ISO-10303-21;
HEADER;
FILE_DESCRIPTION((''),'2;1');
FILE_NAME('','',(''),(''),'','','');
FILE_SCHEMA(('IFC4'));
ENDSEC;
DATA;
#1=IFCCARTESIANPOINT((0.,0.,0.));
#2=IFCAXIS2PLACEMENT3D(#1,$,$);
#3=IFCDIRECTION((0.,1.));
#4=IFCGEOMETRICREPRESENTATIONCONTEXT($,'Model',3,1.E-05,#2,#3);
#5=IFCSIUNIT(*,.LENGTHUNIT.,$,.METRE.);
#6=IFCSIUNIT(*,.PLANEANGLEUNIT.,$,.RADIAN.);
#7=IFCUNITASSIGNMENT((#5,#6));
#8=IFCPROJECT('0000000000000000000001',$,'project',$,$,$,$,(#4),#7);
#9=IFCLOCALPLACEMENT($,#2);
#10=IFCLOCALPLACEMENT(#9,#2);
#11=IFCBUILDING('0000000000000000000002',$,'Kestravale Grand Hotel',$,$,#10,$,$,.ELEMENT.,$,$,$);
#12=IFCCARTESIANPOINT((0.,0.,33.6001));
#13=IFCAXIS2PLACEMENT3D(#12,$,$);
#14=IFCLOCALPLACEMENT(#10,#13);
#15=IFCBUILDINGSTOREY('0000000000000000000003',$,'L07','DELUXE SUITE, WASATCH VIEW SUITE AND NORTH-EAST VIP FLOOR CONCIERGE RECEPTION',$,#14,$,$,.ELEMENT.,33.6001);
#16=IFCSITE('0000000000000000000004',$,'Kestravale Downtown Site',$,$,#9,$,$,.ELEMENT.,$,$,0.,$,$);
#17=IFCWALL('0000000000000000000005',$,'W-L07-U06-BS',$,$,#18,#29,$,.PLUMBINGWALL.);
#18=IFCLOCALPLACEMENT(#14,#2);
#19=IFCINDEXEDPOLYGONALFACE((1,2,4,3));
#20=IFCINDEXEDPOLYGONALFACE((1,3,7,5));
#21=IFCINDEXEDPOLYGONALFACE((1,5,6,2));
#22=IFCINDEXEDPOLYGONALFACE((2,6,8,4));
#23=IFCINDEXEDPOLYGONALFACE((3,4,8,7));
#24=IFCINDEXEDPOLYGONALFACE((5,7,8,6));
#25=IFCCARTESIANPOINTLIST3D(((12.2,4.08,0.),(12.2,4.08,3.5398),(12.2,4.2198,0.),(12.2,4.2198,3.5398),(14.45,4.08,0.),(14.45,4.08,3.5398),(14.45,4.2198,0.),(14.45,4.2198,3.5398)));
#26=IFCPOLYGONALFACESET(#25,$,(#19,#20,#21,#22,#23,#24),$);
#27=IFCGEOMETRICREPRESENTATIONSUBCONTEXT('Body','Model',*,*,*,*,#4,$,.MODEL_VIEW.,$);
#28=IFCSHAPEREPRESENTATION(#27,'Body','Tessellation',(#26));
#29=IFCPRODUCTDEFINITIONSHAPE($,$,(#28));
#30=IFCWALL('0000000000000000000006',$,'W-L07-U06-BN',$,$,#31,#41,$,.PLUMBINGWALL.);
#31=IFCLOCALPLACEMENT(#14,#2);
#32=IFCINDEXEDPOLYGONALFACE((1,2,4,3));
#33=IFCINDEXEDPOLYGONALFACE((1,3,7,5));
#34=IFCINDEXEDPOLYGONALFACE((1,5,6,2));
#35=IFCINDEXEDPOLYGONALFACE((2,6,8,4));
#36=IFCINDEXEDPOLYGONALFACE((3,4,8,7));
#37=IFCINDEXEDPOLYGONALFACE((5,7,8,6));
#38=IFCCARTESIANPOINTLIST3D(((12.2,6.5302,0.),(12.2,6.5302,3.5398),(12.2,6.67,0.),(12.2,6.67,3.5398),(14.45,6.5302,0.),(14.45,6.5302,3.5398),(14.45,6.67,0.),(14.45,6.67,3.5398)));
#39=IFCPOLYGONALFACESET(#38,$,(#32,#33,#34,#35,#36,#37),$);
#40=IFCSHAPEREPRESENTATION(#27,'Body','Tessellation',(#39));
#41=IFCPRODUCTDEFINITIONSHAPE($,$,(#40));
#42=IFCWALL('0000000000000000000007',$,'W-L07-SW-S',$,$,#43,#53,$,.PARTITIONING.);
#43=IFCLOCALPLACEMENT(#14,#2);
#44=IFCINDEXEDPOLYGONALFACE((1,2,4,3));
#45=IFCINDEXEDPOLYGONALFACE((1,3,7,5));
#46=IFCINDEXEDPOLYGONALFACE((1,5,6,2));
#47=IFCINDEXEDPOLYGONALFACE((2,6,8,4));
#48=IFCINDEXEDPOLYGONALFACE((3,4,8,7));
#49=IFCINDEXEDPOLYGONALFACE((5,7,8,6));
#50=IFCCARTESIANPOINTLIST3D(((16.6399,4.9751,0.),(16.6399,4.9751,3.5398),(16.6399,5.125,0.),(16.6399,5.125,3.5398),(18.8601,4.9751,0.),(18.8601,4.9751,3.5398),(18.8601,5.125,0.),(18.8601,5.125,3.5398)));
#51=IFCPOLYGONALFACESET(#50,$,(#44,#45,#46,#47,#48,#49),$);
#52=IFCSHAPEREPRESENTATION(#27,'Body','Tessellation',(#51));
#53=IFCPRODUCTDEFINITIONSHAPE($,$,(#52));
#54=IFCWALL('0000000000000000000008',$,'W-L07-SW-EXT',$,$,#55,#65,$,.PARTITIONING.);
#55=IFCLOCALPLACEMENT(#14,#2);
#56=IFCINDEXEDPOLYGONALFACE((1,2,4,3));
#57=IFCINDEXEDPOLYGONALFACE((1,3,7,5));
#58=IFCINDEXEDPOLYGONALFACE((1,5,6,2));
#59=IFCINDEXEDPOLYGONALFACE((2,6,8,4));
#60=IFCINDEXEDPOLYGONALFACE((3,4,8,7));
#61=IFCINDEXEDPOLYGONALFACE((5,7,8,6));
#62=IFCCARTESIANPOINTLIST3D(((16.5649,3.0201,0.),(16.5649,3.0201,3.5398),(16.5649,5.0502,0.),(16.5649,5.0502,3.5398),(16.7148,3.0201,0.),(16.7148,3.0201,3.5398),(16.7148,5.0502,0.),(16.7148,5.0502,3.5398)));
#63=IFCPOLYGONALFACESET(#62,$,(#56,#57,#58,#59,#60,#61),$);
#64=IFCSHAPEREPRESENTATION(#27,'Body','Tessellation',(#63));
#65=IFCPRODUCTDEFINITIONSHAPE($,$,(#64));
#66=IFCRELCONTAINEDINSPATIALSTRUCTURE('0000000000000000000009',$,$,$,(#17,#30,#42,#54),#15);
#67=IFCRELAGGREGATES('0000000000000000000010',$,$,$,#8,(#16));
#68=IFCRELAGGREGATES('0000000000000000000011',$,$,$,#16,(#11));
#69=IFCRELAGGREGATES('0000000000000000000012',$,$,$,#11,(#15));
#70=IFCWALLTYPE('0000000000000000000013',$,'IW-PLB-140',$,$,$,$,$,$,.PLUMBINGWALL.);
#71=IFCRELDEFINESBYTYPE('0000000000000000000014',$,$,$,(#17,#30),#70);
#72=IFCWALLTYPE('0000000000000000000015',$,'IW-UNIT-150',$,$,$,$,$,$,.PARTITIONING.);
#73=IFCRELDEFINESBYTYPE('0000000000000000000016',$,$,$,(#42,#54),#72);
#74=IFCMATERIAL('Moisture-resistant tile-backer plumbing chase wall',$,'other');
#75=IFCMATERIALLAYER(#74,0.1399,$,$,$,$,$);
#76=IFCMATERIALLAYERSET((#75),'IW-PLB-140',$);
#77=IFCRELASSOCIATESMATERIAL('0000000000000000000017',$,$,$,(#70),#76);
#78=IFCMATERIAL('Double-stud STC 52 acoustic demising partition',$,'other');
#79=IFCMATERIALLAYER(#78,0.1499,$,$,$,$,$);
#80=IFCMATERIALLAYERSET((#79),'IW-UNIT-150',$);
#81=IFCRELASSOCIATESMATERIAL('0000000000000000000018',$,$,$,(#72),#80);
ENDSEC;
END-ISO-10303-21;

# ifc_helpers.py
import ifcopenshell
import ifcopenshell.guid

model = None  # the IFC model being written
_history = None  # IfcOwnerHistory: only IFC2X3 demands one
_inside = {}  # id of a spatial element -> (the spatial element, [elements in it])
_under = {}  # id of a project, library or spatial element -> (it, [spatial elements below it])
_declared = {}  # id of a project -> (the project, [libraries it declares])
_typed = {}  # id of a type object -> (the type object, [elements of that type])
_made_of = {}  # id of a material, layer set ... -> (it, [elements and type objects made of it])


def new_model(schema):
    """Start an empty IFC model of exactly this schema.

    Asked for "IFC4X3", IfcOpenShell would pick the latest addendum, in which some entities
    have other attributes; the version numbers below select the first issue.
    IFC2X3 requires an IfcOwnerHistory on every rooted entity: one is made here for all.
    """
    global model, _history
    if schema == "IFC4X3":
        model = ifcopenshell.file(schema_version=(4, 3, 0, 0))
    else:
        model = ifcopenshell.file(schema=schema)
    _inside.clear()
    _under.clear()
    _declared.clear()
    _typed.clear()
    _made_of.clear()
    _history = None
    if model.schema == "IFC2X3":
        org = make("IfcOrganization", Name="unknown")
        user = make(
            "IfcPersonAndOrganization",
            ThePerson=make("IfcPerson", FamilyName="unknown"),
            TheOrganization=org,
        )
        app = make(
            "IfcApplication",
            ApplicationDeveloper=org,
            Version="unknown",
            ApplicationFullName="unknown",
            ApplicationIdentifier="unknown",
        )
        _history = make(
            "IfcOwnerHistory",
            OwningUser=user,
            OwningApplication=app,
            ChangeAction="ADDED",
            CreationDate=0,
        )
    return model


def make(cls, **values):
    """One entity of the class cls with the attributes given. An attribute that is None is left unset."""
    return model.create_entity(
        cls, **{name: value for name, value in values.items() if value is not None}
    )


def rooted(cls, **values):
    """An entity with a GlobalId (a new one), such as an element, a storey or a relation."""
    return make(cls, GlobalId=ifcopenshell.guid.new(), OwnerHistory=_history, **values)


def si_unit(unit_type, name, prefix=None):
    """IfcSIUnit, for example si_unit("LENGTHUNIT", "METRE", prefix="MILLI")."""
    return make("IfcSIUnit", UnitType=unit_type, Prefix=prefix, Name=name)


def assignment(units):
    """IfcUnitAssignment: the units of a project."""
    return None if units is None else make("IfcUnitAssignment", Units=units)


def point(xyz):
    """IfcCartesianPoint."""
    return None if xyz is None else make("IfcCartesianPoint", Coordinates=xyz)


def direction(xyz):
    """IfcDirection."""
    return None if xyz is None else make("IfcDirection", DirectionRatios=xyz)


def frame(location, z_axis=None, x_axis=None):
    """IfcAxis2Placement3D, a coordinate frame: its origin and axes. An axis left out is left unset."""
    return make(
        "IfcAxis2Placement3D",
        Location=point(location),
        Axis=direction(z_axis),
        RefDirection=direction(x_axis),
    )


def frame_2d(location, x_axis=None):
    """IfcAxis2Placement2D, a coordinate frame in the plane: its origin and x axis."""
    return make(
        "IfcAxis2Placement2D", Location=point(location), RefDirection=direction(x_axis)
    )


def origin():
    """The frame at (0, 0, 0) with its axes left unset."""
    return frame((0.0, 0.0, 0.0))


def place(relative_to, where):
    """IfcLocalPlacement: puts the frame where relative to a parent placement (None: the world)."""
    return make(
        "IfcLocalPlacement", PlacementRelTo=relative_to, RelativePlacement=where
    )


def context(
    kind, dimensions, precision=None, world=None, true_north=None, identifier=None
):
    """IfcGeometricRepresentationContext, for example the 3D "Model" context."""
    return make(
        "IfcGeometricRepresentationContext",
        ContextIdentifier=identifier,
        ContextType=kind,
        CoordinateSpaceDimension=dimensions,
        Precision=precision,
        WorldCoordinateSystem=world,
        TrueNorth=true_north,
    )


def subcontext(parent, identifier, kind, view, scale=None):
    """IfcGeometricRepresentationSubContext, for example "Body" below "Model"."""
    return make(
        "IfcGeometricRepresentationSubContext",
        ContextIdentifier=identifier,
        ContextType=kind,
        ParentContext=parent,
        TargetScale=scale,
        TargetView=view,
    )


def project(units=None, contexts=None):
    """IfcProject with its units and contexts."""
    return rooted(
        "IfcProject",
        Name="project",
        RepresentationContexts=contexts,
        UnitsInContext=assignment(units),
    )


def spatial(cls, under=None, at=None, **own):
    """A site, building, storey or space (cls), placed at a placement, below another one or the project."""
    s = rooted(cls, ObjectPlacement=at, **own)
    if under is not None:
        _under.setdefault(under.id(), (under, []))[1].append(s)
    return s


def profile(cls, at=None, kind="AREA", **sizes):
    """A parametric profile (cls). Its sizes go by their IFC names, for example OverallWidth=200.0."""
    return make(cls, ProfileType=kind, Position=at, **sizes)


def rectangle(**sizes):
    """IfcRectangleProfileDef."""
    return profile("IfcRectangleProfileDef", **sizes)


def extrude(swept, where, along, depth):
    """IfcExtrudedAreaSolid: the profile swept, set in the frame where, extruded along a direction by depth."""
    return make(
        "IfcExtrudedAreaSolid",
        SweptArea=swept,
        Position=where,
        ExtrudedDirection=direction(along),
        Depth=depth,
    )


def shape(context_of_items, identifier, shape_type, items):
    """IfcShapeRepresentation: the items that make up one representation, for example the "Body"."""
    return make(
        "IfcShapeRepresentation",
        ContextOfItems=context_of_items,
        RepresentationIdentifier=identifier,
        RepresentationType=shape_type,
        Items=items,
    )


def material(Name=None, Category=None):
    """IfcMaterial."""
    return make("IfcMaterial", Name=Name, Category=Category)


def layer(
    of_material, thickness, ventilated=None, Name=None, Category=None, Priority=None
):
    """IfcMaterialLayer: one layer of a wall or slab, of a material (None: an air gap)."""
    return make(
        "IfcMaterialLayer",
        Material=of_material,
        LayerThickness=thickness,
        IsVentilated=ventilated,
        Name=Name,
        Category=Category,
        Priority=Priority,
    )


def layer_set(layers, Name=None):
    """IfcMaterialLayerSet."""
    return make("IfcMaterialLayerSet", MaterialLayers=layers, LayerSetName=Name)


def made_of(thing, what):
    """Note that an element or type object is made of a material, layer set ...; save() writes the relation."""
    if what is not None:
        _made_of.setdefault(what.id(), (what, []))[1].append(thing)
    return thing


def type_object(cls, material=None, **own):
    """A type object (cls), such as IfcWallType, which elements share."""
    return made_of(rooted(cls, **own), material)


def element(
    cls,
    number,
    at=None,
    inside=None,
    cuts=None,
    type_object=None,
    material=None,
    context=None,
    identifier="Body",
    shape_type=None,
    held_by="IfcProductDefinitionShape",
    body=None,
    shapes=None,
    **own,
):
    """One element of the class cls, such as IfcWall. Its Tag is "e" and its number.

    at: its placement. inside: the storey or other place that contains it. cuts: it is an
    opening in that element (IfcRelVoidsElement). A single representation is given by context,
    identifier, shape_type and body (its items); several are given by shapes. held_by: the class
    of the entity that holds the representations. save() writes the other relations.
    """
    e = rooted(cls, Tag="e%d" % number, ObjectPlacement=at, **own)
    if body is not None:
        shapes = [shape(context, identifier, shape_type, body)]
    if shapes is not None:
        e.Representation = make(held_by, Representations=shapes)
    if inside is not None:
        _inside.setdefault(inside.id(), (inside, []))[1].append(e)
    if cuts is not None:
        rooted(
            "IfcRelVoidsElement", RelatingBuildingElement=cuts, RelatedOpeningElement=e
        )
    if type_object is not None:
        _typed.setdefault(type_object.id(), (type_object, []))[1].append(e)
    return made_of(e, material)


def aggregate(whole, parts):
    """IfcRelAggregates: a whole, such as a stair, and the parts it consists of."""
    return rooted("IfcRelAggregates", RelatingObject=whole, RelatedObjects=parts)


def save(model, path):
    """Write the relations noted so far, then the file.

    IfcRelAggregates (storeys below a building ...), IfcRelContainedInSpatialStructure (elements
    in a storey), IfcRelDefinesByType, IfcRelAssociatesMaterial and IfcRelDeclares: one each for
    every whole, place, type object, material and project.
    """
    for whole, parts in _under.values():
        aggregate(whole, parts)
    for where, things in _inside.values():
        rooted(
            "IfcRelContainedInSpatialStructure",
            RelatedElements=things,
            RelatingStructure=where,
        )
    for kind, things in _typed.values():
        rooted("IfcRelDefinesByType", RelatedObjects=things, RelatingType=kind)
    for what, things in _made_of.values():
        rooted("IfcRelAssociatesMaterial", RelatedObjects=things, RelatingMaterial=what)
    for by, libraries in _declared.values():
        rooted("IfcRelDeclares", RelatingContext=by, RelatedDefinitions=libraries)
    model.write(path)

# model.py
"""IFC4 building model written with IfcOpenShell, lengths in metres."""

from ifc_helpers import new_model, si_unit, direction, frame, frame_2d, origin, place, context, subcontext, project, spatial, rectangle, extrude, material, layer, layer_set, type_object, element, save


model = new_model("IFC4")

# Units and contexts
model_context = context("Model", 3, precision=1e-05, world=origin(), true_north=direction((0.0, 1.0)))
body_context = subcontext(model_context, "Body", "Model", "MODEL_VIEW")
ifc_project = project(units=[si_unit("LENGTHUNIT", "METRE"), si_unit("PLANEANGLEUNIT", "RADIAN")], contexts=[model_context])

# Site, building, storey
site_placement = place(None, origin())
site = spatial("IfcSite", under=ifc_project, at=site_placement, Name="Kestravale Downtown Site", CompositionType="ELEMENT", RefElevation=0.0)
building_placement = place(site_placement, origin())
building = spatial("IfcBuilding", under=site, at=building_placement, Name="Kestravale Grand Hotel", CompositionType="ELEMENT")
storey_placement = place(building_placement, frame((0.0, 0.0, 33.6001)))
storey = spatial("IfcBuildingStorey", under=building, at=storey_placement, Name="L07", Description="DELUXE SUITE, WASATCH VIEW SUITE AND NORTH-EAST VIP FLOOR CONCIERGE RECEPTION", CompositionType="ELEMENT", Elevation=33.6001)

# Shared definitions
ifc_material_1 = material(Name="Moisture-resistant tile-backer plumbing chase wall", Category="other")
ifc_layer_1 = layer(ifc_material_1, 0.1399)
ifc_layer_set_1 = layer_set([ifc_layer_1], Name="IW-PLB-140")
wall_type_1 = type_object("IfcWallType", Name="IW-PLB-140", PredefinedType="PLUMBINGWALL", material=ifc_layer_set_1)

# Walls
for number, where, z_axis, x_axis, name in (
    (1, (12.2, 4.1499, 0.0), (0.0, 0.0, 1.0), (1.0, 0.0, 0.0), "W-L07-U06-BS"),
    (2, (12.2, 6.6001, 0.0), (0.0, 0.0, 1.0), (1.0, 0.0, 0.0), "W-L07-U06-BN"),
):
    element("IfcWall", number, at=place(storey_placement, frame(where, z_axis=z_axis, x_axis=x_axis)), inside=storey, type_object=wall_type_1, Name=name, PredefinedType="PLUMBINGWALL", context=body_context, shape_type="SweptSolid", body=[
        extrude(rectangle(XDim=2.25, YDim=0.1399, at=frame_2d((1.125, 0.0))), origin(), (0.0, 0.0, 1.0), 3.5398),
    ])
ifc_material_2 = material(Name="Double-stud STC 52 acoustic demising partition", Category="other")
ifc_layer_2 = layer(ifc_material_2, 0.1499)
ifc_layer_set_2 = layer_set([ifc_layer_2], Name="IW-UNIT-150")
wall_type_2 = type_object("IfcWallType", Name="IW-UNIT-150", PredefinedType="PARTITIONING", material=ifc_layer_set_2)
wall_1_placement = place(storey_placement, frame((16.6399, 5.05, 0.0), z_axis=(0.0, 0.0, 1.0), x_axis=(1.0, 0.0, 0.0)))
element("IfcWall", 3, at=wall_1_placement, inside=storey, type_object=wall_type_2, Name="W-L07-SW-S", PredefinedType="PARTITIONING", context=body_context, shape_type="SweptSolid", body=[
    extrude(rectangle(XDim=2.2202, YDim=0.1499, at=frame_2d((1.1101, 0.0))), origin(), (0.0, 0.0, 1.0), 3.5398),
])
wall_2_placement = place(storey_placement, frame((16.6399, 3.02, 0.0), z_axis=(0.0, 0.0, 1.0), x_axis=(0.0, 1.0, 0.0)))
element("IfcWall", 4, at=wall_2_placement, inside=storey, type_object=wall_type_2, Name="W-L07-SW-EXT", PredefinedType="PARTITIONING", context=body_context, shape_type="SweptSolid", body=[
    extrude(rectangle(XDim=2.03, YDim=0.1499, at=frame_2d((1.0151, 0.0))), origin(), (0.0, 0.0, 1.0), 3.5398),
])

save(model, "model.ifc")
